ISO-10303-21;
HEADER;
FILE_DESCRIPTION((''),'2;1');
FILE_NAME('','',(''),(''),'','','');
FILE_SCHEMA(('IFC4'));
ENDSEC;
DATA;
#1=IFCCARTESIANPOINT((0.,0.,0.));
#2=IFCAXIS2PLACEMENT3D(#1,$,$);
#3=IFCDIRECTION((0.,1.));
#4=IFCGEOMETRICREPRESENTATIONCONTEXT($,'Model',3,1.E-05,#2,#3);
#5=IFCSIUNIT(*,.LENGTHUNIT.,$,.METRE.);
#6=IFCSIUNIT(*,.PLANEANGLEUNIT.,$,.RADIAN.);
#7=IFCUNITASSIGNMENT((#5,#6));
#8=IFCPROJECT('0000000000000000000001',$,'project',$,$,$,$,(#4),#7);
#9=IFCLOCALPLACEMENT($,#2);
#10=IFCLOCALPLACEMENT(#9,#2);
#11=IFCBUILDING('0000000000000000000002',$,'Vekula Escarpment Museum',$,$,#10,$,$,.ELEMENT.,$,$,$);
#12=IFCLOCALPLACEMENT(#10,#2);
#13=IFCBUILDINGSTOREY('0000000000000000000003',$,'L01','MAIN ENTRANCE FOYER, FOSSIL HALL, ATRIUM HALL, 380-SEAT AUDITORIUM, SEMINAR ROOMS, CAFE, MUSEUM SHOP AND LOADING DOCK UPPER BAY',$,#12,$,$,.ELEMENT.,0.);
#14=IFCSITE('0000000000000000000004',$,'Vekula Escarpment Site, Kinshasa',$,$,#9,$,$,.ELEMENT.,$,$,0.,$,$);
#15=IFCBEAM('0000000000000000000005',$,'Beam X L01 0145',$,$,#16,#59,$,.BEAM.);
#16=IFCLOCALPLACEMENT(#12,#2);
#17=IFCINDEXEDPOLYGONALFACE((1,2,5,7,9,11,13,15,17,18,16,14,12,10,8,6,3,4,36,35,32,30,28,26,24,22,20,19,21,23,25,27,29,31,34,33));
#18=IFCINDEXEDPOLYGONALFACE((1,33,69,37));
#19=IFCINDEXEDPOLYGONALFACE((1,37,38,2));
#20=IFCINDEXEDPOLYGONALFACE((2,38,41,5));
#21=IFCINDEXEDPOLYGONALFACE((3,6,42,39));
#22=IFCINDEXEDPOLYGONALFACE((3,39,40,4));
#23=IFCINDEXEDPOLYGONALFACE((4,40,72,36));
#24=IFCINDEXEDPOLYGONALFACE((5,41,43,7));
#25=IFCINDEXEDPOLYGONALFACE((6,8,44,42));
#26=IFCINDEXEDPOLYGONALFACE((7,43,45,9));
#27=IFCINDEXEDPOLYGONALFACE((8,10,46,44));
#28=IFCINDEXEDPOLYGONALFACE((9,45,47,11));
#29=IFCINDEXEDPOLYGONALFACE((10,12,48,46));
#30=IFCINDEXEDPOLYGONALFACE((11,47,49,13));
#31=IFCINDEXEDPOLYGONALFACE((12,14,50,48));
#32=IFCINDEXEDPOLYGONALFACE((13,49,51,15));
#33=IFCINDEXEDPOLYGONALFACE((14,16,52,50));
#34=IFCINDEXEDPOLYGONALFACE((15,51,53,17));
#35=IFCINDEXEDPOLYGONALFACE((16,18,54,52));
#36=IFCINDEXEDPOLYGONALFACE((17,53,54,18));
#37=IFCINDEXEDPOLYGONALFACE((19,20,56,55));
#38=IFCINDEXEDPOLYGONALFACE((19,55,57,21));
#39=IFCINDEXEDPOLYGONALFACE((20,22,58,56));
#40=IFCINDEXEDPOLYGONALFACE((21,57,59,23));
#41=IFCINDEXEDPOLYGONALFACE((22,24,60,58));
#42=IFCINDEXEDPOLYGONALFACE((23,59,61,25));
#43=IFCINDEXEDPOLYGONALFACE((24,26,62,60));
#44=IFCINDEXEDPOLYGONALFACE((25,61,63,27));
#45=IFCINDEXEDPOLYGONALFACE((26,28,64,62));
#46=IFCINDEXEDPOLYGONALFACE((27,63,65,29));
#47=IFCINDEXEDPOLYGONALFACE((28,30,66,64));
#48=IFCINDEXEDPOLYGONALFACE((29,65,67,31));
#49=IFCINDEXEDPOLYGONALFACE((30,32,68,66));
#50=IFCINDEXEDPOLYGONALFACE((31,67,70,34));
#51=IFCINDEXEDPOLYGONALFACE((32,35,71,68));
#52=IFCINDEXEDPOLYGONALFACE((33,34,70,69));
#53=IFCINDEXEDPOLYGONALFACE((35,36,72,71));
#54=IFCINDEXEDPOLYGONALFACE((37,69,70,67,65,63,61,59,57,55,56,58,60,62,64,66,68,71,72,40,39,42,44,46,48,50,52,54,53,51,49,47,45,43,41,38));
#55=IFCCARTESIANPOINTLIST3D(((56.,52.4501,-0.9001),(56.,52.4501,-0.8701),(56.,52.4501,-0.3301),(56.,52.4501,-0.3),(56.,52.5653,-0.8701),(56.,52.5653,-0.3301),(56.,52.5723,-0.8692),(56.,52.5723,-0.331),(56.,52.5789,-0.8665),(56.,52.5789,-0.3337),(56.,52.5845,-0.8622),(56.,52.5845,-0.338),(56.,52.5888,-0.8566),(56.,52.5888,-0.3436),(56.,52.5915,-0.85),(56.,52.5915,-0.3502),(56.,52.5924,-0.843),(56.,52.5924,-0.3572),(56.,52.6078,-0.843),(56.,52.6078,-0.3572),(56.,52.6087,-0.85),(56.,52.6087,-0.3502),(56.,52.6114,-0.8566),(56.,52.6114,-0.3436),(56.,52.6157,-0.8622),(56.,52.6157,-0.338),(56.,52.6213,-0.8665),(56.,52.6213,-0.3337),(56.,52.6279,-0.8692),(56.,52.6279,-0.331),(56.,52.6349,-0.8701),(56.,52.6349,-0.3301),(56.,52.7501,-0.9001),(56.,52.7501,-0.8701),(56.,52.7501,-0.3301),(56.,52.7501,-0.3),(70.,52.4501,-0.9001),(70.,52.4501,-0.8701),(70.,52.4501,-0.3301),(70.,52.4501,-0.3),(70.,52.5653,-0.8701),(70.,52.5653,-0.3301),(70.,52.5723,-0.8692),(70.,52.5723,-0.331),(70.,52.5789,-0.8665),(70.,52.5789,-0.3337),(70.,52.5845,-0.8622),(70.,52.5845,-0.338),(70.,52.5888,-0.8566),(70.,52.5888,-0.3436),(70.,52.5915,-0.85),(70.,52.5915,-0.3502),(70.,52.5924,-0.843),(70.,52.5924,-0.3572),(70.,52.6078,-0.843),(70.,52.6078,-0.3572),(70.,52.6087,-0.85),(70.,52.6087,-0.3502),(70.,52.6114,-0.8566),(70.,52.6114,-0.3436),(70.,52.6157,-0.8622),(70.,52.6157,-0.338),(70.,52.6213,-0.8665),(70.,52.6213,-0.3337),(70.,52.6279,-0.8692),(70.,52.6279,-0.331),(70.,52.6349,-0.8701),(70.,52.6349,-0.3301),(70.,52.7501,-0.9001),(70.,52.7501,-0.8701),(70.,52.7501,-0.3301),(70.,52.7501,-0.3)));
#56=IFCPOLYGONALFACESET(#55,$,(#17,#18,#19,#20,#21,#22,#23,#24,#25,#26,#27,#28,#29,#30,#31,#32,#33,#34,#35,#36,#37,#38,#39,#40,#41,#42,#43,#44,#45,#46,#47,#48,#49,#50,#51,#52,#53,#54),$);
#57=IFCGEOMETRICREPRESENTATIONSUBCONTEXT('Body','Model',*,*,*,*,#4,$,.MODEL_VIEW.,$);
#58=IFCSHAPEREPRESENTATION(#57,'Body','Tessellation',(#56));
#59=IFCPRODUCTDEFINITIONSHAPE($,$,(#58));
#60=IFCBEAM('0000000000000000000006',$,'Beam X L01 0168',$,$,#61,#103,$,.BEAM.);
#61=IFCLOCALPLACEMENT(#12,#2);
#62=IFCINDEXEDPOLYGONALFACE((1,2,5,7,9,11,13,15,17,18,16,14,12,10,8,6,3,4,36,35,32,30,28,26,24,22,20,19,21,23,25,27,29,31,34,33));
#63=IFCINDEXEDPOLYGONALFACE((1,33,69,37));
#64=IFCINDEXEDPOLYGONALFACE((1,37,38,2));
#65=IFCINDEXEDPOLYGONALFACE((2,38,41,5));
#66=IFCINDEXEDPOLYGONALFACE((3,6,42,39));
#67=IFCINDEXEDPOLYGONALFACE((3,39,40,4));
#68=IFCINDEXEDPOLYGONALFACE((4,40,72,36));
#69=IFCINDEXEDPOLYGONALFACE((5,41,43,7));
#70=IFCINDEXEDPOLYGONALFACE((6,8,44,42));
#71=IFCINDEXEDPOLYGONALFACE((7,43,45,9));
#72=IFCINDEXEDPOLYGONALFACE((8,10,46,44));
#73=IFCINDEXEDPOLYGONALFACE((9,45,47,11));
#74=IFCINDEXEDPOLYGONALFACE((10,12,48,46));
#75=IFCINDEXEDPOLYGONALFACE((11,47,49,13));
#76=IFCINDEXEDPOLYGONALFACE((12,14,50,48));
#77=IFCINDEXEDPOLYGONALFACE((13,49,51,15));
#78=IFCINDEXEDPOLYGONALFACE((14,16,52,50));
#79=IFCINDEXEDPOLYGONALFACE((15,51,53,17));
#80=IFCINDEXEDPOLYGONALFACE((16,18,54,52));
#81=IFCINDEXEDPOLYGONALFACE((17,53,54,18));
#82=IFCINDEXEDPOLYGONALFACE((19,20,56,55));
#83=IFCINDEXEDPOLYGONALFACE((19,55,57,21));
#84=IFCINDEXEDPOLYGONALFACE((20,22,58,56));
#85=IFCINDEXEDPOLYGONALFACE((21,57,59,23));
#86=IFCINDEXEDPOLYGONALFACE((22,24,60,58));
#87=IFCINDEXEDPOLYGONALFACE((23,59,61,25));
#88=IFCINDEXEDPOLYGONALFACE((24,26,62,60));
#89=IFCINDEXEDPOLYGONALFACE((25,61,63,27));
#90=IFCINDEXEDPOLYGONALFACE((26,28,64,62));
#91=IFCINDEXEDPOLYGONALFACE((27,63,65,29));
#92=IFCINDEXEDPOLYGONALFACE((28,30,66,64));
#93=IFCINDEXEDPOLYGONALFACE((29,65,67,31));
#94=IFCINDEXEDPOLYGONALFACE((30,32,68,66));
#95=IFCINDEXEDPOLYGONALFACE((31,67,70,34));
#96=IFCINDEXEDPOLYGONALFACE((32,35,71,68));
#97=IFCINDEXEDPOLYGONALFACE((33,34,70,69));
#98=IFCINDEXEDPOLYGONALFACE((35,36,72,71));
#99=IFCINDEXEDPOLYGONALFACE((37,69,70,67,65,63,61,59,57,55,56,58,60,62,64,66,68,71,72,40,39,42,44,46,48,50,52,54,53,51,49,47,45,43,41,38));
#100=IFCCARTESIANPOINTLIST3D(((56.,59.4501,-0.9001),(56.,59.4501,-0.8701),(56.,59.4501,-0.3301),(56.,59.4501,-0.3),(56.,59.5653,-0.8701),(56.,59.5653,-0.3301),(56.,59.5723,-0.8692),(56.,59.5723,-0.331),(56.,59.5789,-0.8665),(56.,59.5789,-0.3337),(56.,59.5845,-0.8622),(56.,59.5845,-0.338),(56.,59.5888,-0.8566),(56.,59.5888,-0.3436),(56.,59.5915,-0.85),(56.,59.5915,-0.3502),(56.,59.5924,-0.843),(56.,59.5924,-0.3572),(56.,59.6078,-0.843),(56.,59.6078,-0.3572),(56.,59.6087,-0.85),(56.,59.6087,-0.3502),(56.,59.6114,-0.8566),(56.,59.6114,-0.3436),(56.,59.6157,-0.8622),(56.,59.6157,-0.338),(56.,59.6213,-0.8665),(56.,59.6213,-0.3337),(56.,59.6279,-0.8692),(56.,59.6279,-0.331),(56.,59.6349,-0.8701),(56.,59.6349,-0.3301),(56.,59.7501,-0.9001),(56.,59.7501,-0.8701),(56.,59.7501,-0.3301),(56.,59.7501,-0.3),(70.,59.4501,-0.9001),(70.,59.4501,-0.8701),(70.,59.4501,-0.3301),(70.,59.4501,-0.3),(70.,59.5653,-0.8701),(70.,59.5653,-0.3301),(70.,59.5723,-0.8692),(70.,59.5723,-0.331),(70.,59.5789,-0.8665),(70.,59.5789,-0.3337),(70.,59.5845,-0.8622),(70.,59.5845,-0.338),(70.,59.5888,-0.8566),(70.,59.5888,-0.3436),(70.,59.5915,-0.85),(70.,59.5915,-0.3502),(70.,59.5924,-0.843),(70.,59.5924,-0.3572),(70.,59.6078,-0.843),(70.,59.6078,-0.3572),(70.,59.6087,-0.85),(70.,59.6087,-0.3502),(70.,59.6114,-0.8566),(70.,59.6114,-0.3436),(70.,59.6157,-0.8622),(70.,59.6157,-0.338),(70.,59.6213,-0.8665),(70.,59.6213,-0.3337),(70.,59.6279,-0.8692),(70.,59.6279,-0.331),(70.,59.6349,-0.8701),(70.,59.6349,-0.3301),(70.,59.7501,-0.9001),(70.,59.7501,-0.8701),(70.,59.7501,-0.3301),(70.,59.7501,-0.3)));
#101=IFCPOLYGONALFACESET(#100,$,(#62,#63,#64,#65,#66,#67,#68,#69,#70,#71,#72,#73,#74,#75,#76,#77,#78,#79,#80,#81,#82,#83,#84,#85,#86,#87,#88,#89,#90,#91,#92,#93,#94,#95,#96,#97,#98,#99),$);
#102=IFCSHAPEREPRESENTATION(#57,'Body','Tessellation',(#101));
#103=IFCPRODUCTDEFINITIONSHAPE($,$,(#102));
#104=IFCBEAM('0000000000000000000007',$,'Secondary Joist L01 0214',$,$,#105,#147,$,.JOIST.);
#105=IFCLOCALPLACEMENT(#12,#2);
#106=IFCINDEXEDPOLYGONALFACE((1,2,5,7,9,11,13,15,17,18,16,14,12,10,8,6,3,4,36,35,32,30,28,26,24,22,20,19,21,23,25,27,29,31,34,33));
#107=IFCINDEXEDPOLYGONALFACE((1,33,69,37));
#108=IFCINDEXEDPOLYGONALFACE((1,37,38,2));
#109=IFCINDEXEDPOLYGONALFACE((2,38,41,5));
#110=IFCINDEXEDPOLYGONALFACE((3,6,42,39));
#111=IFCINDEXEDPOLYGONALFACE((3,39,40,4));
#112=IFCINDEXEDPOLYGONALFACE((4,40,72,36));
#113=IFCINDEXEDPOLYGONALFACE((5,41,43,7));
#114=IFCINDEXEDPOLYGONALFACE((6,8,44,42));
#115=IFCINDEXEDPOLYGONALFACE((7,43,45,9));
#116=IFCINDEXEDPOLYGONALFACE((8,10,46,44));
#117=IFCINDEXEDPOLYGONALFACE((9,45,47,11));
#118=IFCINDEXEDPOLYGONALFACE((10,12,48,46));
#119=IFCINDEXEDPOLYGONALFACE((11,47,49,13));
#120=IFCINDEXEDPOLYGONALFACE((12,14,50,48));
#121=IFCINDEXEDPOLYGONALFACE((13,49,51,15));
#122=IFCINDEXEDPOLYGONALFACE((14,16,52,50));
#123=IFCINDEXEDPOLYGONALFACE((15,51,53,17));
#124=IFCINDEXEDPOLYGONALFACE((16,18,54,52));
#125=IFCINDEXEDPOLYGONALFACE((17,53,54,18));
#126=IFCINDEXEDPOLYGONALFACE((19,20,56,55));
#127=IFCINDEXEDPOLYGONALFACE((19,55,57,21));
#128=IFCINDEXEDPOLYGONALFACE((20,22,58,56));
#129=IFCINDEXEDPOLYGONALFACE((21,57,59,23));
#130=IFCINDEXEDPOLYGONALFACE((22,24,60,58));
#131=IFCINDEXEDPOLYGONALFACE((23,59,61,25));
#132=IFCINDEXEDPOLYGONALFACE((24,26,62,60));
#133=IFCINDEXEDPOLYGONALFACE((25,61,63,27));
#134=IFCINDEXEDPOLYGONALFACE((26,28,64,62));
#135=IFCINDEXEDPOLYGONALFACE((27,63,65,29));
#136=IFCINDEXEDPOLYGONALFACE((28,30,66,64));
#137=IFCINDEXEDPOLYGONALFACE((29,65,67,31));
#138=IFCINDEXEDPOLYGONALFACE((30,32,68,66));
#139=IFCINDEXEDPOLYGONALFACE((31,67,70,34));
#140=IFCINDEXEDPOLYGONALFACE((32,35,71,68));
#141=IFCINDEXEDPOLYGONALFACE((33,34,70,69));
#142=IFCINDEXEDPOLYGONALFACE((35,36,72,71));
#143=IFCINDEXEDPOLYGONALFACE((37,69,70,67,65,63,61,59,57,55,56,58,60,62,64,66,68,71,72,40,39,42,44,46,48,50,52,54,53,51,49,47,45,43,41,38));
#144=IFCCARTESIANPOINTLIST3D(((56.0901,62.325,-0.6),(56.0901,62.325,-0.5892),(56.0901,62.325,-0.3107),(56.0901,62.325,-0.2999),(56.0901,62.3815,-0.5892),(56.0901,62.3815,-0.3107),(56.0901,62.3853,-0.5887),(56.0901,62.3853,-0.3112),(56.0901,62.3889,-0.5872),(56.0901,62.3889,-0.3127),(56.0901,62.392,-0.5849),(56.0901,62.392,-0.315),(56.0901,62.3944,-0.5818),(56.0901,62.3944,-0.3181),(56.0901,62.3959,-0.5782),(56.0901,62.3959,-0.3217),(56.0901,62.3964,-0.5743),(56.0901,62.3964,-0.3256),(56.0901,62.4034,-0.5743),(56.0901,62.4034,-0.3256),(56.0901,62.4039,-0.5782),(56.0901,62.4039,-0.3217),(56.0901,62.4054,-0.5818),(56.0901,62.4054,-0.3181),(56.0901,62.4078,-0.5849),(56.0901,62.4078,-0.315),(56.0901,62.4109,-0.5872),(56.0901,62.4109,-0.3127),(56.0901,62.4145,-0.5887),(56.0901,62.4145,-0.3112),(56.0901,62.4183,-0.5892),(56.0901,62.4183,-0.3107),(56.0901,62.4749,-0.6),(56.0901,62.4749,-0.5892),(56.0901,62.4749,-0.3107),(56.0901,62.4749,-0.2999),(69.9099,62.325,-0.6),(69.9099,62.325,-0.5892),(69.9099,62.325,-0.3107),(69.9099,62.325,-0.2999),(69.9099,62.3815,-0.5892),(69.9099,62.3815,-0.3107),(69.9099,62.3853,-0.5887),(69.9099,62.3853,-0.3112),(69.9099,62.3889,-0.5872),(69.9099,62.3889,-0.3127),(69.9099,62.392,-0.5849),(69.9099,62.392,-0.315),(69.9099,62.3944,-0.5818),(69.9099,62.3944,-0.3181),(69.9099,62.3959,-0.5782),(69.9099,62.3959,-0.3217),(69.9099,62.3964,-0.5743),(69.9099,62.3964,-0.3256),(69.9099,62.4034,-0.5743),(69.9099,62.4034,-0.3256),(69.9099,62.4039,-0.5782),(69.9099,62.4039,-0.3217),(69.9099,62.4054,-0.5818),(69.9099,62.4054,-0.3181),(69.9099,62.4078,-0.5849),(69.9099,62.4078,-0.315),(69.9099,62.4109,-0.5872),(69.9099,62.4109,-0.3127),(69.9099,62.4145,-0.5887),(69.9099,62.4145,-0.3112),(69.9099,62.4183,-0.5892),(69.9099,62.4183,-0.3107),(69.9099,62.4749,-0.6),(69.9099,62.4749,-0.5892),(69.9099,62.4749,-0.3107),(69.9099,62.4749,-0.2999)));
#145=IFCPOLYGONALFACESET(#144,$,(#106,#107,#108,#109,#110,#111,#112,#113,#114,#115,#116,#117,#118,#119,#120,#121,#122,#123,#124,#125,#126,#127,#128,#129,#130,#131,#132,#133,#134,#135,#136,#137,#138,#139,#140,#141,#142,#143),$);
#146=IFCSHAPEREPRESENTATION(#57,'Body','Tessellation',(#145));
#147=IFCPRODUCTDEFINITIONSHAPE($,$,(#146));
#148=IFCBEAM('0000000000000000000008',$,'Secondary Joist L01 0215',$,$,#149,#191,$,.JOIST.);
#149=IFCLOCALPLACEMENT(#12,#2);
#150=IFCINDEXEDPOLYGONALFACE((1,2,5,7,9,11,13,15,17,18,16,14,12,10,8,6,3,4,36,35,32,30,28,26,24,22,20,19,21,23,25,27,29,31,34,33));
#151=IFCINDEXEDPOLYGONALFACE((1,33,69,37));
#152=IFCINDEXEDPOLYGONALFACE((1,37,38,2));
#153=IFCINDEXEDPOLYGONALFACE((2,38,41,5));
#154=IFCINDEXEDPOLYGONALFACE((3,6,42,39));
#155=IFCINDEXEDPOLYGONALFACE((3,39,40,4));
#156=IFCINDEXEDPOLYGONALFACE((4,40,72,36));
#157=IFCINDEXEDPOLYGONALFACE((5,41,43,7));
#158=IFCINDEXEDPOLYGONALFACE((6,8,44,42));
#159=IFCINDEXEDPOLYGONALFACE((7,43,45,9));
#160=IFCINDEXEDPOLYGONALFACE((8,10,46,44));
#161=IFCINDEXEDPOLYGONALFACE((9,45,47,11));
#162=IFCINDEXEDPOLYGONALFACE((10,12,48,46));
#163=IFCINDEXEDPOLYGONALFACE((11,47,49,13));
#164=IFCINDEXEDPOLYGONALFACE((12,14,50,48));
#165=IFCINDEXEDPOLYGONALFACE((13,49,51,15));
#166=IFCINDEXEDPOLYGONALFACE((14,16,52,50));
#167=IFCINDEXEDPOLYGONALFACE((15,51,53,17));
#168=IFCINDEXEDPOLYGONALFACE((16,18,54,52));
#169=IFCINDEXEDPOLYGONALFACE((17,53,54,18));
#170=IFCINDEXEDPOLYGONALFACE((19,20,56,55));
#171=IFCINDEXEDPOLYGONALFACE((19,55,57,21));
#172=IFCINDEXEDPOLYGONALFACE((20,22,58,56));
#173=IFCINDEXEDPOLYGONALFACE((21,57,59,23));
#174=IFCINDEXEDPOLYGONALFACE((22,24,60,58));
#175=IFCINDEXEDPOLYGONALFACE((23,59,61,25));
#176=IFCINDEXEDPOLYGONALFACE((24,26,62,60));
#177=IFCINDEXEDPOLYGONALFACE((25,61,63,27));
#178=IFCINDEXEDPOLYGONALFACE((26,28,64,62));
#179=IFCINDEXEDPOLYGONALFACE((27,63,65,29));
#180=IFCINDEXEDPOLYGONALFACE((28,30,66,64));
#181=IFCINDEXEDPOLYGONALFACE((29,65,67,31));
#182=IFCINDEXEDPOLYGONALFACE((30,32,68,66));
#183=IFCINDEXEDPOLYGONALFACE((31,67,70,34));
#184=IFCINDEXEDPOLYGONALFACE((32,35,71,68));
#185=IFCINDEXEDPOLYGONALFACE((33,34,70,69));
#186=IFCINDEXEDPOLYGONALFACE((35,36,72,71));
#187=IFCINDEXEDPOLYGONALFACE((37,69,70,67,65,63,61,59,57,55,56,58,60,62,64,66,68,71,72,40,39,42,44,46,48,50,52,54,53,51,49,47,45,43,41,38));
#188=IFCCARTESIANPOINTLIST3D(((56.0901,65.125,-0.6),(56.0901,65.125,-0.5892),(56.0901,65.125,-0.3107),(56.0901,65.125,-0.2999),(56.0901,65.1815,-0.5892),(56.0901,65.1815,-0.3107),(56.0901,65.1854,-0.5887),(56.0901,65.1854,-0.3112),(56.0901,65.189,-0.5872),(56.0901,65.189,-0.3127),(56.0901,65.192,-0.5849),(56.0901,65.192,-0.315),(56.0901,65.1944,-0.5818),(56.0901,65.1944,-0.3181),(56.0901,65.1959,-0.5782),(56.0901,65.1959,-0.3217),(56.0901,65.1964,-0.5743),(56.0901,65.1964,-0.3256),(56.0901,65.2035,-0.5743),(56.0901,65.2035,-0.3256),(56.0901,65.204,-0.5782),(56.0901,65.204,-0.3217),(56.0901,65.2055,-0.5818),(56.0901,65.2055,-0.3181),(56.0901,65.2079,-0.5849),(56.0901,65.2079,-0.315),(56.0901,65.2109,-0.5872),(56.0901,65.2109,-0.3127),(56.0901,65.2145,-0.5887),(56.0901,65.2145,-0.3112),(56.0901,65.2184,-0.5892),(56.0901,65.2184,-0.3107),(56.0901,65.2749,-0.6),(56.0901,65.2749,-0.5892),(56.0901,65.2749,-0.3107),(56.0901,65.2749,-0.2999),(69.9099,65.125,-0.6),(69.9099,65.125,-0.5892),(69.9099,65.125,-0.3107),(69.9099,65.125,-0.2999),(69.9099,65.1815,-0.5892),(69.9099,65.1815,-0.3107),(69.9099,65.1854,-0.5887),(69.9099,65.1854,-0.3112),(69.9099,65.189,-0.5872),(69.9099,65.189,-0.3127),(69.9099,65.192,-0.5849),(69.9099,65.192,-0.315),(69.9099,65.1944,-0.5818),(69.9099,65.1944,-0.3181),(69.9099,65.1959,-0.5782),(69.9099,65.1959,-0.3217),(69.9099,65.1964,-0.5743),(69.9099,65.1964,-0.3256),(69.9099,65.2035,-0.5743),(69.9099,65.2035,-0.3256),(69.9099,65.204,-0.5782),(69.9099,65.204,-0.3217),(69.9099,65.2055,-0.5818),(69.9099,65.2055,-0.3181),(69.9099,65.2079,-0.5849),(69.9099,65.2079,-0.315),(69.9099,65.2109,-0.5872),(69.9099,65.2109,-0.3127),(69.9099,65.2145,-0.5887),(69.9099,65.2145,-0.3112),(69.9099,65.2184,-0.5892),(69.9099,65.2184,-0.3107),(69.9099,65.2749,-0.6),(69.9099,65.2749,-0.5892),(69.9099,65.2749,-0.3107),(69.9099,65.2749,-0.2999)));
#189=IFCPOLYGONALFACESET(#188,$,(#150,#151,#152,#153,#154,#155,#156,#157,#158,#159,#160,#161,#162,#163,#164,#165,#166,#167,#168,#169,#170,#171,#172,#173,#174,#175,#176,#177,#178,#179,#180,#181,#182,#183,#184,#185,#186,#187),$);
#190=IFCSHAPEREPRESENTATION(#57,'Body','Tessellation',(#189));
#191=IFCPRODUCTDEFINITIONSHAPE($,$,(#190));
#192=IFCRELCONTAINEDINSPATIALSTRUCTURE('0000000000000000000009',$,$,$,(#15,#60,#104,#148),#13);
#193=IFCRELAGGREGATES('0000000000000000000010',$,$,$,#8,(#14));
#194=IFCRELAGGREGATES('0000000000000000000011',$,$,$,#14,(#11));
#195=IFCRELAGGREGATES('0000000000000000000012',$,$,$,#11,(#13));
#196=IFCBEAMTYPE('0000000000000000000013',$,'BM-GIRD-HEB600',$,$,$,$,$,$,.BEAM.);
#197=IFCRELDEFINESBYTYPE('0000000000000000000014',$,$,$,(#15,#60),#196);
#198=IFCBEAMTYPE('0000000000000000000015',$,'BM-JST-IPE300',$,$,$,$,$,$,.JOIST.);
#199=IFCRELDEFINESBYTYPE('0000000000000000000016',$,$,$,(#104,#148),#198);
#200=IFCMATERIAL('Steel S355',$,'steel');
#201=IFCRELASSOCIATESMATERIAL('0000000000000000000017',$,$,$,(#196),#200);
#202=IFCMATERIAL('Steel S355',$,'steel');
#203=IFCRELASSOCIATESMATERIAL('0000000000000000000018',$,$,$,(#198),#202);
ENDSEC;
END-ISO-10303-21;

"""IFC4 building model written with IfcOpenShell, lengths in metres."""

from ifc_helpers import new_model, si_unit, direction, frame, origin, origin_2d, place, context, subcontext, project, spatial, i_section, extrude, material, material_profile, profile_set, type_object, element, save


model = new_model("IFC4")

# Units and contexts
model_context = context("Model", 3, precision=1e-05, world=origin(), true_north=direction((0.0, 1.0)))
body_context = subcontext(model_context, "Body", "Model", "MODEL_VIEW")
ifc_project = project(units=[si_unit("LENGTHUNIT", "METRE"), si_unit("PLANEANGLEUNIT", "RADIAN")], contexts=[model_context])

# Site, building, storey
site_placement = place(None, origin())
site = spatial("IfcSite", under=ifc_project, at=site_placement, Name="Vekula Escarpment Site, Kinshasa", CompositionType="ELEMENT", RefElevation=0.0)
building_placement = place(site_placement, origin())
building = spatial("IfcBuilding", under=site, at=building_placement, Name="Vekula Escarpment Museum", CompositionType="ELEMENT")
storey_placement = place(building_placement, origin())
storey = spatial("IfcBuildingStorey", under=building, at=storey_placement, Name="L01", Description="MAIN ENTRANCE FOYER, FOSSIL HALL, ATRIUM HALL, 380-SEAT AUDITORIUM, SEMINAR ROOMS, CAFE, MUSEUM SHOP AND LOADING DOCK UPPER BAY", CompositionType="ELEMENT", Elevation=0.0)

# Beams
ifc_material_1 = material(Name="Steel S355", Category="steel")
ifc_material_profile_1 = material_profile(ifc_material_1, i_section(OverallWidth=0.3, OverallDepth=0.6001, WebThickness=0.0154, FlangeThickness=0.03, FilletRadius=0.0271, at=origin_2d()), Name="HEB 600")
ifc_profile_set_1 = profile_set([ifc_material_profile_1], Name="Steel S355")
beam_type_1 = type_object("IfcBeamType", Name="BM-GIRD-HEB600", PredefinedType="BEAM", material=ifc_profile_set_1)
for number, where, z_axis, x_axis, name in (
    (1, (56.0, 52.6001, -0.6001), (1.0, 0.0, 0.0), (0.0, 1.0, 0.0), "Beam X L01 0145"),
    (2, (56.0, 59.6001, -0.6001), (1.0, 0.0, 0.0), (0.0, 1.0, 0.0), "Beam X L01 0168"),
):
    element("IfcBeam", number, at=place(storey_placement, frame(where, z_axis=z_axis, x_axis=x_axis)), inside=storey, type_object=beam_type_1, Name=name, PredefinedType="BEAM", context=body_context, shape_type="SweptSolid", body=[
        extrude(i_section(OverallWidth=0.3, OverallDepth=0.6001, WebThickness=0.0154, FlangeThickness=0.03, FilletRadius=0.0271, at=origin_2d()), origin(), (0.0, 0.0, 1.0), 14.0),
    ])
ifc_material_2 = material(Name="Steel S355", Category="steel")
ifc_material_profile_2 = material_profile(ifc_material_2, i_section(OverallWidth=0.1499, OverallDepth=0.3, WebThickness=0.0071, FlangeThickness=0.0107, FilletRadius=0.0149, at=origin_2d()), Name="IPE 300")
ifc_profile_set_2 = profile_set([ifc_material_profile_2], Name="Steel S355")
beam_type_2 = type_object("IfcBeamType", Name="BM-JST-IPE300", PredefinedType="JOIST", material=ifc_profile_set_2)
for number, where, z_axis, x_axis, name in (
    (3, (56.0901, 62.3999, -0.45), (1.0, 0.0, 0.0), (0.0, 1.0, 0.0), "Secondary Joist L01 0214"),
    (4, (56.0901, 65.2, -0.45), (1.0, 0.0, 0.0), (0.0, 1.0, 0.0), "Secondary Joist L01 0215"),
):
    element("IfcBeam", number, at=place(storey_placement, frame(where, z_axis=z_axis, x_axis=x_axis)), inside=storey, type_object=beam_type_2, Name=name, PredefinedType="JOIST", context=body_context, shape_type="SweptSolid", body=[
        extrude(i_section(OverallWidth=0.1499, OverallDepth=0.3, WebThickness=0.0071, FlangeThickness=0.0107, FilletRadius=0.0149, at=origin_2d()), origin(), (0.0, 0.0, 1.0), 13.8198),
    ])

save(model, "model.ifc")
